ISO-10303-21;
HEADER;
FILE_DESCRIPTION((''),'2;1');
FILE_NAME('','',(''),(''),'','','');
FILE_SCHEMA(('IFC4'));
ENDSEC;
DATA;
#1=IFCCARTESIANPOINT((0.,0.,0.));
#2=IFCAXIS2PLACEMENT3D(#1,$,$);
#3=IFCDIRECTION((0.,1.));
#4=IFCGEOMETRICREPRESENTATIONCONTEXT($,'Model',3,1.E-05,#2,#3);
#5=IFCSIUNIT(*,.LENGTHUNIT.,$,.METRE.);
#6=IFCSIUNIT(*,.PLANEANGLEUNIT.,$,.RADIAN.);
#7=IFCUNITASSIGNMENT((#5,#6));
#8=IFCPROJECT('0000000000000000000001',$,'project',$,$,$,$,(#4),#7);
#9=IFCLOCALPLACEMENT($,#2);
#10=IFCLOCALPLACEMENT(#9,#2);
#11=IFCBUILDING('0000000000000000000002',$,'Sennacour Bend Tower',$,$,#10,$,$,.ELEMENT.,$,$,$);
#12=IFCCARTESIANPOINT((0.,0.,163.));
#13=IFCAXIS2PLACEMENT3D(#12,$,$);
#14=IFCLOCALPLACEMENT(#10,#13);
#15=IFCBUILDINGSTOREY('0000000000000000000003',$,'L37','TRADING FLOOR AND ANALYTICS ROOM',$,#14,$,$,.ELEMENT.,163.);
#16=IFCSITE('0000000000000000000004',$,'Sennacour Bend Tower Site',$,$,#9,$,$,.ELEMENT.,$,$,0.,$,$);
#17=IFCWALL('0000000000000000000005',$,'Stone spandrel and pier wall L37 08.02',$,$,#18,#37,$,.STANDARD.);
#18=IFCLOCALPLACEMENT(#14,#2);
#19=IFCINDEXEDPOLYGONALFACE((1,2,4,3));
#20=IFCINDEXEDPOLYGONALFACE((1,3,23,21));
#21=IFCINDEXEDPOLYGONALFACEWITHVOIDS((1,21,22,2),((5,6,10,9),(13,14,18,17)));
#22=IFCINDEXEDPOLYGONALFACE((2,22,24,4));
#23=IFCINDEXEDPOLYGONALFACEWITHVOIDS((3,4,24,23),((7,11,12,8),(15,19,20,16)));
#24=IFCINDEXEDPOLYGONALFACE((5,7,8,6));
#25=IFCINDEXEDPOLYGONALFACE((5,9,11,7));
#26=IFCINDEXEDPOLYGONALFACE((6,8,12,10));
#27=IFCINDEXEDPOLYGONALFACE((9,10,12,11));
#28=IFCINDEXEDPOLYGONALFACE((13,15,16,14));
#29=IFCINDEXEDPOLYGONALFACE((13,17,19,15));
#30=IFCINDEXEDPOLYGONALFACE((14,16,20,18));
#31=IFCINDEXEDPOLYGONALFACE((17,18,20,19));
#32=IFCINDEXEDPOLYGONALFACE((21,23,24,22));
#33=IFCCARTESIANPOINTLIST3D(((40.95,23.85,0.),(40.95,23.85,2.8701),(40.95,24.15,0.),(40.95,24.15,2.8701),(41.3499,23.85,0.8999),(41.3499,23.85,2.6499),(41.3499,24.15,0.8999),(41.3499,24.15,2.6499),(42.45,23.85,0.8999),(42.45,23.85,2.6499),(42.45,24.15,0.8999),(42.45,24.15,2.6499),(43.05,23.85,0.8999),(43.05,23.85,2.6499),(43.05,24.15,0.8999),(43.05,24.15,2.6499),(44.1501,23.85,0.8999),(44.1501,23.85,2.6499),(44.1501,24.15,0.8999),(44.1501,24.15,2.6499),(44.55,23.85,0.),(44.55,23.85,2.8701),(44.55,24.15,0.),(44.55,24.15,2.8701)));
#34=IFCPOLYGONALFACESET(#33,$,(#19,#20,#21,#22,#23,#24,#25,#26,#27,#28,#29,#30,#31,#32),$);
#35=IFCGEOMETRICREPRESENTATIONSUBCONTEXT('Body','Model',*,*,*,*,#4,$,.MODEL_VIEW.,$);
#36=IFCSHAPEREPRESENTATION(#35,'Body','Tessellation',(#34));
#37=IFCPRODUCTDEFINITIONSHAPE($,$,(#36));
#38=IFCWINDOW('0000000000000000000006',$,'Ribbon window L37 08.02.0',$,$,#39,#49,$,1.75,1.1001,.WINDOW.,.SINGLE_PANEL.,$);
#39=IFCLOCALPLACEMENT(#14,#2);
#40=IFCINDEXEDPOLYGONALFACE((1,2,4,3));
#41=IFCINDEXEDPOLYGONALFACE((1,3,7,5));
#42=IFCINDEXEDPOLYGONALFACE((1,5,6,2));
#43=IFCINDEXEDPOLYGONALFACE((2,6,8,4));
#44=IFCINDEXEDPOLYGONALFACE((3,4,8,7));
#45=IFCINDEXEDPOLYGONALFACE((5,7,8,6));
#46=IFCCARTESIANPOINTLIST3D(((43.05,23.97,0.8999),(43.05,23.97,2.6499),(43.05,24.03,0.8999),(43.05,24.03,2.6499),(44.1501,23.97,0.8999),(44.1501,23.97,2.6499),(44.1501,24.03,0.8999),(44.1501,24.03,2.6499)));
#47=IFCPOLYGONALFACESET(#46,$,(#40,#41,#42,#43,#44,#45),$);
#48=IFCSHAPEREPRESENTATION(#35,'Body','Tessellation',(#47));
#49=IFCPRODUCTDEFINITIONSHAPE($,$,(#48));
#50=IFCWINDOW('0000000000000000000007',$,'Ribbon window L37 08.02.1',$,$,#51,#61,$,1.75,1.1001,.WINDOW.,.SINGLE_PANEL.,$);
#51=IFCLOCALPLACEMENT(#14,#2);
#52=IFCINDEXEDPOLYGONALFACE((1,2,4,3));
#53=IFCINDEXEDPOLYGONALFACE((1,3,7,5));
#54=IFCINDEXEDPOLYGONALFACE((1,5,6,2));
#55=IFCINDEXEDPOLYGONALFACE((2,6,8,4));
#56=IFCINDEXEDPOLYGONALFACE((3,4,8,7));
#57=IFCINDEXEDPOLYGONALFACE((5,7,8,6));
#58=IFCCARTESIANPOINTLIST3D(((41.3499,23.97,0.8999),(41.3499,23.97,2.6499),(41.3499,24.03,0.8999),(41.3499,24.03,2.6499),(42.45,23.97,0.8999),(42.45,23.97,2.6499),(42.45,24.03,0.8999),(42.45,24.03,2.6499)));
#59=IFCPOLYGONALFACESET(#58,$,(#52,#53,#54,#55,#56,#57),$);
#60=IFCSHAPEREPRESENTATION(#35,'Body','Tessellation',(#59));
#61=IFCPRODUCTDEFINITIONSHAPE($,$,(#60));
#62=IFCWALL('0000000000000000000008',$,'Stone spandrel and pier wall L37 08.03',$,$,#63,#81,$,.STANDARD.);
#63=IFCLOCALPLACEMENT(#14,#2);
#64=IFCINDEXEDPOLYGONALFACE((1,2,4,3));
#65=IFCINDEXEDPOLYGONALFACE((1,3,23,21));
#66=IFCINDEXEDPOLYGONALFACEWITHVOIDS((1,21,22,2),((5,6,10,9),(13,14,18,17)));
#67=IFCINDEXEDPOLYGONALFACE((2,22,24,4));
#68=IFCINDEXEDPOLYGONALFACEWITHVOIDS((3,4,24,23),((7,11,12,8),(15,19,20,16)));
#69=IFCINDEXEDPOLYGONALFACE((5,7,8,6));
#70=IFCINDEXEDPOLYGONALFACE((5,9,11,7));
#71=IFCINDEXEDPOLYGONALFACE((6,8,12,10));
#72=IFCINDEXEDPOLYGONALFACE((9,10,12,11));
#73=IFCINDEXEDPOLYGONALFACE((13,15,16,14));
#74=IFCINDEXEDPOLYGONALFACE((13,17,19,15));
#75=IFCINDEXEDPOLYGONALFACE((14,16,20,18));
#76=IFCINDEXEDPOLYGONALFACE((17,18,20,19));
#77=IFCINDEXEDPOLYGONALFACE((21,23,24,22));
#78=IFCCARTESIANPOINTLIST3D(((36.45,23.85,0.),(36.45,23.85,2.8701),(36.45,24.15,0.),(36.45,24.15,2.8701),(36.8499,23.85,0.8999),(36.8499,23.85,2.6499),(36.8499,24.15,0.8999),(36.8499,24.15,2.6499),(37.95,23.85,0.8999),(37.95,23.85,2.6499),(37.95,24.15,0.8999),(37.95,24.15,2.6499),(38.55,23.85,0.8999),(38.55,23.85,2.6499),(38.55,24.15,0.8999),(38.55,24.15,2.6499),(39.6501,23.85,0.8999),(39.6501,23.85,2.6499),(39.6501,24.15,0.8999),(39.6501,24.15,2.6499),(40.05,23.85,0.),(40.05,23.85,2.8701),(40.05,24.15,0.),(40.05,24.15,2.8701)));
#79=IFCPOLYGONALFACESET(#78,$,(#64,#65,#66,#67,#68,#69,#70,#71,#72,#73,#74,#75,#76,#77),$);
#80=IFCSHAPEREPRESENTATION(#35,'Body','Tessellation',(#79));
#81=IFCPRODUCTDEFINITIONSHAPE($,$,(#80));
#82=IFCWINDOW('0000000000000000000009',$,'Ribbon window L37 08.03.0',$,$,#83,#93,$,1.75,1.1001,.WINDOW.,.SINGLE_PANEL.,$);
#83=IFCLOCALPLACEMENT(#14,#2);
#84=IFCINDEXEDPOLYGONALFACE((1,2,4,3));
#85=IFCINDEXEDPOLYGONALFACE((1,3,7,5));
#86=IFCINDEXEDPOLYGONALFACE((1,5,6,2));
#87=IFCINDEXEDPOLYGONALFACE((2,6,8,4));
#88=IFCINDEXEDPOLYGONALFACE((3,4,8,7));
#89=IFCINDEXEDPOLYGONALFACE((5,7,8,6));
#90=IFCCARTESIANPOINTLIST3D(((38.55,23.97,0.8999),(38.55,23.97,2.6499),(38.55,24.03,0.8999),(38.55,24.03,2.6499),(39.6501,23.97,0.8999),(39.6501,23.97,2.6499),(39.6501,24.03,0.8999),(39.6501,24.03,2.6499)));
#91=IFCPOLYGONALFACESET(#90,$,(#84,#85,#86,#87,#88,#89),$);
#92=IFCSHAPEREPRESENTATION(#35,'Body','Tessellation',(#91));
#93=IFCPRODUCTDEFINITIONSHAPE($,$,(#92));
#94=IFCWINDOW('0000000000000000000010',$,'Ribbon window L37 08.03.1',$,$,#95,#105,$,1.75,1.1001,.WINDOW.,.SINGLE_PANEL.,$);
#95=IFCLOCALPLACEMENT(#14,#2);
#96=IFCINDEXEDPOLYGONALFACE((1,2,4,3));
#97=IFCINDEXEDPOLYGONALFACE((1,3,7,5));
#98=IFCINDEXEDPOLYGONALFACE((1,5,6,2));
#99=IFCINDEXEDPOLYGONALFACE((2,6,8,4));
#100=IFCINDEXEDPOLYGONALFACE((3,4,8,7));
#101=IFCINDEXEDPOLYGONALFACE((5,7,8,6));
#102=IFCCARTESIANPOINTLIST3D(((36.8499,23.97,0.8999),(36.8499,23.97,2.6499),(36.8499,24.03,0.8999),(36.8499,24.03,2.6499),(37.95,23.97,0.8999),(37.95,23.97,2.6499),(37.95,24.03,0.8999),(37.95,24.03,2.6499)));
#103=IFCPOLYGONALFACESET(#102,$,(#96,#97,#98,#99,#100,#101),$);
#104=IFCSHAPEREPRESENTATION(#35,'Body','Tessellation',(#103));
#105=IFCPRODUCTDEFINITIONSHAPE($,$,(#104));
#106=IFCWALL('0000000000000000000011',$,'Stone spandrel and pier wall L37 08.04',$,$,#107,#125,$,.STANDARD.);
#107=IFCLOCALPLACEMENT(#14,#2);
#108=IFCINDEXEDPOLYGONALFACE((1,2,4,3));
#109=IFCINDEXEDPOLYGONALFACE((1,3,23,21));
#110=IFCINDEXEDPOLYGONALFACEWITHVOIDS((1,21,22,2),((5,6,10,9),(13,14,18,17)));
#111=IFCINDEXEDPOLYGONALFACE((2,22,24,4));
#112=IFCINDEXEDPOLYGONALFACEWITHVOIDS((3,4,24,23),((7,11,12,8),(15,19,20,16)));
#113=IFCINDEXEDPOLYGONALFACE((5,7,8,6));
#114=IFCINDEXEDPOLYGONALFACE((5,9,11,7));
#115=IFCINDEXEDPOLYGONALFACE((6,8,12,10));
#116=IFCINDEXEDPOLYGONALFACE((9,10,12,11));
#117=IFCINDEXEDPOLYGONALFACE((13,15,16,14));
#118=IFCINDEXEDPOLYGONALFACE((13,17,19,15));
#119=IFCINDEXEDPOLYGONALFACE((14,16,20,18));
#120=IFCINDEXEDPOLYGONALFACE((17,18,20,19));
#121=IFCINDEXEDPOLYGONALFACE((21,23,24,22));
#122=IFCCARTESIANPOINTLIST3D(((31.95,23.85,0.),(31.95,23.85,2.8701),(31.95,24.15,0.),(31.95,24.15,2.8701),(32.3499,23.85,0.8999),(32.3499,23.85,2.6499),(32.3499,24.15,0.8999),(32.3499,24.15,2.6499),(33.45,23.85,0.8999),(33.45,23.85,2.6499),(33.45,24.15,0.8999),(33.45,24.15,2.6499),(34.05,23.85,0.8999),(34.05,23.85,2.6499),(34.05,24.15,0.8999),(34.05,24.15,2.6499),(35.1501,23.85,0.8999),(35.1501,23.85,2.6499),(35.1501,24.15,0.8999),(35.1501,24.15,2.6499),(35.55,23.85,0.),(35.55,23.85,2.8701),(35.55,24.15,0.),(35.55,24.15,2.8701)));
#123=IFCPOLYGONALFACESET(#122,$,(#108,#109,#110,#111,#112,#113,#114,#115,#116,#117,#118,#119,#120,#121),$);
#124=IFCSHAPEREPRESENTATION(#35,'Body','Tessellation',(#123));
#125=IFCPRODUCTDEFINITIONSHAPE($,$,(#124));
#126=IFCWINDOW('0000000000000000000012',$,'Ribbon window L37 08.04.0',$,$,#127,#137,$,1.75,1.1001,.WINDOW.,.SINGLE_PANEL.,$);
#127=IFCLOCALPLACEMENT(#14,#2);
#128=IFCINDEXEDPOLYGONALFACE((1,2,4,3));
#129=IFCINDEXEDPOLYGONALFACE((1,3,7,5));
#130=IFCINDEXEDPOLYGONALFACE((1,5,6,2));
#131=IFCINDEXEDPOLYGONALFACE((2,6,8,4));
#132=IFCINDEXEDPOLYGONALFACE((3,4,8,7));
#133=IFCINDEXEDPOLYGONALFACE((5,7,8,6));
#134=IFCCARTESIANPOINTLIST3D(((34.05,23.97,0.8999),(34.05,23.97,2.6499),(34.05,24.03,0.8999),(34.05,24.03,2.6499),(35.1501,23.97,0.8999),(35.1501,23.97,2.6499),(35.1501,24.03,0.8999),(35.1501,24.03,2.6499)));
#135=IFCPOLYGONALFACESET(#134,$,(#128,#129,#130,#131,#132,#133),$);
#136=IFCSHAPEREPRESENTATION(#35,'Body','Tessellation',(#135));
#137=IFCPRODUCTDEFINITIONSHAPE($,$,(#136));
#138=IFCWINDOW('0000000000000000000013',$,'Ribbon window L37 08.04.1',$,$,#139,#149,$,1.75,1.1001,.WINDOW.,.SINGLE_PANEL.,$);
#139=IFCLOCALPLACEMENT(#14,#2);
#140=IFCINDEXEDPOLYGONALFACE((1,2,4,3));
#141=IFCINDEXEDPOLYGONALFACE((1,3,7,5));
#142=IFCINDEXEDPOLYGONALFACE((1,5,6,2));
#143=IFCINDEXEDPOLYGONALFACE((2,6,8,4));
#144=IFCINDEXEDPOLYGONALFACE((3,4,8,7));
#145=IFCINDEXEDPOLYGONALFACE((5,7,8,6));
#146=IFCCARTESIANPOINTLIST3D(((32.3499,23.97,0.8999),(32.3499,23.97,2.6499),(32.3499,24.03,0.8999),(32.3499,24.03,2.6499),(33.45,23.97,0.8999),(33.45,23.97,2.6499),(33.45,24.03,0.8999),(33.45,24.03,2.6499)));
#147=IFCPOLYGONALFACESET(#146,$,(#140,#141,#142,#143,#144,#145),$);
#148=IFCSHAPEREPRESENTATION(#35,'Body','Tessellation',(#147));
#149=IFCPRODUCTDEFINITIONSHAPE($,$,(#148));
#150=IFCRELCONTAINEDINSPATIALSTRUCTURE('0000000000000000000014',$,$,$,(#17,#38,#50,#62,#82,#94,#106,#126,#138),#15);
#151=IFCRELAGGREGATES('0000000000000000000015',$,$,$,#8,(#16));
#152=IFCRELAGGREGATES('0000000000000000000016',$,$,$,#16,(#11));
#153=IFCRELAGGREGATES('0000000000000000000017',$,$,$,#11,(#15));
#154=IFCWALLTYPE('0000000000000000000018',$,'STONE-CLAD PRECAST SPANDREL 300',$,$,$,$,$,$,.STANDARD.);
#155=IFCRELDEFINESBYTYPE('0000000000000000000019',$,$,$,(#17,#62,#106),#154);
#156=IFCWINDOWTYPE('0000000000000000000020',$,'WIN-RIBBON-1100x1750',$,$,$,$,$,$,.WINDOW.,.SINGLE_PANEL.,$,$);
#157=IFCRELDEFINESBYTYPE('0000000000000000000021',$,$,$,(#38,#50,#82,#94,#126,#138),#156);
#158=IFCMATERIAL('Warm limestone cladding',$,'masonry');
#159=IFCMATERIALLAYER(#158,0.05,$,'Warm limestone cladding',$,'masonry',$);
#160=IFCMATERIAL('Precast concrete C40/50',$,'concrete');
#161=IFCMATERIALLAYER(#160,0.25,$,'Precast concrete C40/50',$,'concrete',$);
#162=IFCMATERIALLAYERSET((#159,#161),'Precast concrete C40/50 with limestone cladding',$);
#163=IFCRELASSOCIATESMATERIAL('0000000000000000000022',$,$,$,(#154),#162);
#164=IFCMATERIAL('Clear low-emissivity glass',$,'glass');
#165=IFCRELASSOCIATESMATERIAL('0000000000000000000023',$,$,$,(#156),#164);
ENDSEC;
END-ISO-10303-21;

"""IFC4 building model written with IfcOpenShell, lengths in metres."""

from ifc_helpers import new_model, si_unit, direction, frame, frame_2d, origin, place, context, subcontext, project, spatial, rectangle, extrude, material, layer, layer_set, type_object, element, fill, save


model = new_model("IFC4")

# Units and contexts
model_context = context("Model", 3, precision=1e-05, world=origin(), true_north=direction((0.0, 1.0)))
body_context = subcontext(model_context, "Body", "Model", "MODEL_VIEW")
ifc_project = project(units=[si_unit("LENGTHUNIT", "METRE"), si_unit("PLANEANGLEUNIT", "RADIAN")], contexts=[model_context])

# Site, building, storey
site_placement = place(None, origin())
site = spatial("IfcSite", under=ifc_project, at=site_placement, Name="Sennacour Bend Tower Site", CompositionType="ELEMENT", RefElevation=0.0)
building_placement = place(site_placement, origin())
building = spatial("IfcBuilding", under=site, at=building_placement, Name="Sennacour Bend Tower", CompositionType="ELEMENT")
storey_placement = place(building_placement, frame((0.0, 0.0, 163.0)))
storey = spatial("IfcBuildingStorey", under=building, at=storey_placement, Name="L37", Description="TRADING FLOOR AND ANALYTICS ROOM", CompositionType="ELEMENT", Elevation=163.0)

# Walls, openings, windows
ifc_material_1 = material(Name="Warm limestone cladding", Category="masonry")
ifc_layer_1 = layer(ifc_material_1, 0.05, Name="Warm limestone cladding", Category="masonry")
ifc_material_2 = material(Name="Precast concrete C40/50", Category="concrete")
ifc_layer_2 = layer(ifc_material_2, 0.25, Name="Precast concrete C40/50", Category="concrete")
ifc_layer_set_1 = layer_set([ifc_layer_1, ifc_layer_2], Name="Precast concrete C40/50 with limestone cladding")
wall_type_1 = type_object("IfcWallType", Name="STONE-CLAD PRECAST SPANDREL 300", PredefinedType="STANDARD", material=ifc_layer_set_1)
wall_1_placement = place(storey_placement, frame((44.55, 24.0, 0.0), z_axis=(0.0, 0.0, 1.0), x_axis=(-1.0, 0.0, 0.0)))
wall_1 = element("IfcWall", 1, at=wall_1_placement, inside=storey, type_object=wall_type_1, Name="Stone spandrel and pier wall L37 08.02", PredefinedType="STANDARD", context=body_context, shape_type="SweptSolid", body=[
    extrude(rectangle(XDim=3.6001, YDim=0.3, at=frame_2d((1.8, 0.0))), origin(), (0.0, 0.0, 1.0), 2.8701),
])
opening_1_placement = place(wall_1_placement, frame((0.3999, 0.0, 0.8999)))
opening_1 = element("IfcOpeningElement", 2, at=opening_1_placement, cuts=wall_1, PredefinedType="OPENING", context=body_context, shape_type="SweptSolid", body=[
    extrude(rectangle(XDim=1.1001, YDim=1.75, at=frame_2d((0.55, 0.875))), frame((0.0, 0.1602, 0.0), z_axis=(0.0, -1.0, 0.0), x_axis=(1.0, 0.0, 0.0)), (0.0, 0.0, 1.0), 0.3201),
])
opening_2_placement = place(wall_1_placement, frame((2.1001, 0.0, 0.8999)))
opening_2 = element("IfcOpeningElement", 3, at=opening_2_placement, cuts=wall_1, PredefinedType="OPENING", context=body_context, shape_type="SweptSolid", body=[
    extrude(rectangle(XDim=1.1001, YDim=1.75, at=frame_2d((0.55, 0.875))), frame((0.0, 0.1602, 0.0), z_axis=(0.0, -1.0, 0.0), x_axis=(1.0, 0.0, 0.0)), (0.0, 0.0, 1.0), 0.3201),
])
ifc_material_3 = material(Name="Clear low-emissivity glass", Category="glass")
window_type_1 = type_object("IfcWindowType", Name="WIN-RIBBON-1100x1750", PartitioningType="SINGLE_PANEL", PredefinedType="WINDOW", material=ifc_material_3)
window_1_placement = place(opening_1_placement, origin())
window_1 = element("IfcWindow", 4, at=window_1_placement, inside=storey, type_object=window_type_1, Name="Ribbon window L37 08.02.0", OverallHeight=1.75, OverallWidth=1.1001, PartitioningType="SINGLE_PANEL", PredefinedType="WINDOW", context=body_context, shape_type="SweptSolid", body=[
    extrude(rectangle(XDim=1.1001, YDim=1.75, at=frame_2d((0.55, 0.875))), frame((0.0, 0.03, 0.0), z_axis=(0.0, -1.0, 0.0), x_axis=(1.0, 0.0, 0.0)), (0.0, 0.0, 1.0), 0.0601),
])
fill(opening_1, window_1)
window_2_placement = place(opening_2_placement, origin())
window_2 = element("IfcWindow", 5, at=window_2_placement, inside=storey, type_object=window_type_1, Name="Ribbon window L37 08.02.1", OverallHeight=1.75, OverallWidth=1.1001, PartitioningType="SINGLE_PANEL", PredefinedType="WINDOW", context=body_context, shape_type="SweptSolid", body=[
    extrude(rectangle(XDim=1.1001, YDim=1.75, at=frame_2d((0.55, 0.875))), frame((0.0, 0.03, 0.0), z_axis=(0.0, -1.0, 0.0), x_axis=(1.0, 0.0, 0.0)), (0.0, 0.0, 1.0), 0.0601),
])
fill(opening_2, window_2)
wall_2_placement = place(storey_placement, frame((40.05, 24.0, 0.0), z_axis=(0.0, 0.0, 1.0), x_axis=(-1.0, 0.0, 0.0)))
wall_2 = element("IfcWall", 6, at=wall_2_placement, inside=storey, type_object=wall_type_1, Name="Stone spandrel and pier wall L37 08.03", PredefinedType="STANDARD", context=body_context, shape_type="SweptSolid", body=[
    extrude(rectangle(XDim=3.6001, YDim=0.3, at=frame_2d((1.8, 0.0))), origin(), (0.0, 0.0, 1.0), 2.8701),
])
opening_3_placement = place(wall_2_placement, frame((0.3999, 0.0, 0.8999)))
opening_3 = element("IfcOpeningElement", 7, at=opening_3_placement, cuts=wall_2, PredefinedType="OPENING", context=body_context, shape_type="SweptSolid", body=[
    extrude(rectangle(XDim=1.1001, YDim=1.75, at=frame_2d((0.55, 0.875))), frame((0.0, 0.1602, 0.0), z_axis=(0.0, -1.0, 0.0), x_axis=(1.0, 0.0, 0.0)), (0.0, 0.0, 1.0), 0.3201),
])
opening_4_placement = place(wall_2_placement, frame((2.1001, 0.0, 0.8999)))
opening_4 = element("IfcOpeningElement", 8, at=opening_4_placement, cuts=wall_2, PredefinedType="OPENING", context=body_context, shape_type="SweptSolid", body=[
    extrude(rectangle(XDim=1.1001, YDim=1.75, at=frame_2d((0.55, 0.875))), frame((0.0, 0.1602, 0.0), z_axis=(0.0, -1.0, 0.0), x_axis=(1.0, 0.0, 0.0)), (0.0, 0.0, 1.0), 0.3201),
])
window_3_placement = place(opening_3_placement, origin())
window_3 = element("IfcWindow", 9, at=window_3_placement, inside=storey, type_object=window_type_1, Name="Ribbon window L37 08.03.0", OverallHeight=1.75, OverallWidth=1.1001, PartitioningType="SINGLE_PANEL", PredefinedType="WINDOW", context=body_context, shape_type="SweptSolid", body=[
    extrude(rectangle(XDim=1.1001, YDim=1.75, at=frame_2d((0.55, 0.875))), frame((0.0, 0.03, 0.0), z_axis=(0.0, -1.0, 0.0), x_axis=(1.0, 0.0, 0.0)), (0.0, 0.0, 1.0), 0.0601),
])
fill(opening_3, window_3)
window_4_placement = place(opening_4_placement, origin())
window_4 = element("IfcWindow", 10, at=window_4_placement, inside=storey, type_object=window_type_1, Name="Ribbon window L37 08.03.1", OverallHeight=1.75, OverallWidth=1.1001, PartitioningType="SINGLE_PANEL", PredefinedType="WINDOW", context=body_context, shape_type="SweptSolid", body=[
    extrude(rectangle(XDim=1.1001, YDim=1.75, at=frame_2d((0.55, 0.875))), frame((0.0, 0.03, 0.0), z_axis=(0.0, -1.0, 0.0), x_axis=(1.0, 0.0, 0.0)), (0.0, 0.0, 1.0), 0.0601),
])
fill(opening_4, window_4)
wall_3_placement = place(storey_placement, frame((35.55, 24.0, 0.0), z_axis=(0.0, 0.0, 1.0), x_axis=(-1.0, 0.0, 0.0)))
wall_3 = element("IfcWall", 11, at=wall_3_placement, inside=storey, type_object=wall_type_1, Name="Stone spandrel and pier wall L37 08.04", PredefinedType="STANDARD", context=body_context, shape_type="SweptSolid", body=[
    extrude(rectangle(XDim=3.6001, YDim=0.3, at=frame_2d((1.8, 0.0))), origin(), (0.0, 0.0, 1.0), 2.8701),
])
opening_5_placement = place(wall_3_placement, frame((0.3999, 0.0, 0.8999)))
opening_5 = element("IfcOpeningElement", 12, at=opening_5_placement, cuts=wall_3, PredefinedType="OPENING", context=body_context, shape_type="SweptSolid", body=[
    extrude(rectangle(XDim=1.1001, YDim=1.75, at=frame_2d((0.55, 0.875))), frame((0.0, 0.1602, 0.0), z_axis=(0.0, -1.0, 0.0), x_axis=(1.0, 0.0, 0.0)), (0.0, 0.0, 1.0), 0.3201),
])
opening_6_placement = place(wall_3_placement, frame((2.1001, 0.0, 0.8999)))
opening_6 = element("IfcOpeningElement", 13, at=opening_6_placement, cuts=wall_3, PredefinedType="OPENING", context=body_context, shape_type="SweptSolid", body=[
    extrude(rectangle(XDim=1.1001, YDim=1.75, at=frame_2d((0.55, 0.875))), frame((0.0, 0.1602, 0.0), z_axis=(0.0, -1.0, 0.0), x_axis=(1.0, 0.0, 0.0)), (0.0, 0.0, 1.0), 0.3201),
])
window_5_placement = place(opening_5_placement, origin())
window_5 = element("IfcWindow", 14, at=window_5_placement, inside=storey, type_object=window_type_1, Name="Ribbon window L37 08.04.0", OverallHeight=1.75, OverallWidth=1.1001, PartitioningType="SINGLE_PANEL", PredefinedType="WINDOW", context=body_context, shape_type="SweptSolid", body=[
    extrude(rectangle(XDim=1.1001, YDim=1.75, at=frame_2d((0.55, 0.875))), frame((0.0, 0.03, 0.0), z_axis=(0.0, -1.0, 0.0), x_axis=(1.0, 0.0, 0.0)), (0.0, 0.0, 1.0), 0.0601),
])
fill(opening_5, window_5)
window_6_placement = place(opening_6_placement, origin())
window_6 = element("IfcWindow", 15, at=window_6_placement, inside=storey, type_object=window_type_1, Name="Ribbon window L37 08.04.1", OverallHeight=1.75, OverallWidth=1.1001, PartitioningType="SINGLE_PANEL", PredefinedType="WINDOW", context=body_context, shape_type="SweptSolid", body=[
    extrude(rectangle(XDim=1.1001, YDim=1.75, at=frame_2d((0.55, 0.875))), frame((0.0, 0.03, 0.0), z_axis=(0.0, -1.0, 0.0), x_axis=(1.0, 0.0, 0.0)), (0.0, 0.0, 1.0), 0.0601),
])
fill(opening_6, window_6)

save(model, "model.ifc")
